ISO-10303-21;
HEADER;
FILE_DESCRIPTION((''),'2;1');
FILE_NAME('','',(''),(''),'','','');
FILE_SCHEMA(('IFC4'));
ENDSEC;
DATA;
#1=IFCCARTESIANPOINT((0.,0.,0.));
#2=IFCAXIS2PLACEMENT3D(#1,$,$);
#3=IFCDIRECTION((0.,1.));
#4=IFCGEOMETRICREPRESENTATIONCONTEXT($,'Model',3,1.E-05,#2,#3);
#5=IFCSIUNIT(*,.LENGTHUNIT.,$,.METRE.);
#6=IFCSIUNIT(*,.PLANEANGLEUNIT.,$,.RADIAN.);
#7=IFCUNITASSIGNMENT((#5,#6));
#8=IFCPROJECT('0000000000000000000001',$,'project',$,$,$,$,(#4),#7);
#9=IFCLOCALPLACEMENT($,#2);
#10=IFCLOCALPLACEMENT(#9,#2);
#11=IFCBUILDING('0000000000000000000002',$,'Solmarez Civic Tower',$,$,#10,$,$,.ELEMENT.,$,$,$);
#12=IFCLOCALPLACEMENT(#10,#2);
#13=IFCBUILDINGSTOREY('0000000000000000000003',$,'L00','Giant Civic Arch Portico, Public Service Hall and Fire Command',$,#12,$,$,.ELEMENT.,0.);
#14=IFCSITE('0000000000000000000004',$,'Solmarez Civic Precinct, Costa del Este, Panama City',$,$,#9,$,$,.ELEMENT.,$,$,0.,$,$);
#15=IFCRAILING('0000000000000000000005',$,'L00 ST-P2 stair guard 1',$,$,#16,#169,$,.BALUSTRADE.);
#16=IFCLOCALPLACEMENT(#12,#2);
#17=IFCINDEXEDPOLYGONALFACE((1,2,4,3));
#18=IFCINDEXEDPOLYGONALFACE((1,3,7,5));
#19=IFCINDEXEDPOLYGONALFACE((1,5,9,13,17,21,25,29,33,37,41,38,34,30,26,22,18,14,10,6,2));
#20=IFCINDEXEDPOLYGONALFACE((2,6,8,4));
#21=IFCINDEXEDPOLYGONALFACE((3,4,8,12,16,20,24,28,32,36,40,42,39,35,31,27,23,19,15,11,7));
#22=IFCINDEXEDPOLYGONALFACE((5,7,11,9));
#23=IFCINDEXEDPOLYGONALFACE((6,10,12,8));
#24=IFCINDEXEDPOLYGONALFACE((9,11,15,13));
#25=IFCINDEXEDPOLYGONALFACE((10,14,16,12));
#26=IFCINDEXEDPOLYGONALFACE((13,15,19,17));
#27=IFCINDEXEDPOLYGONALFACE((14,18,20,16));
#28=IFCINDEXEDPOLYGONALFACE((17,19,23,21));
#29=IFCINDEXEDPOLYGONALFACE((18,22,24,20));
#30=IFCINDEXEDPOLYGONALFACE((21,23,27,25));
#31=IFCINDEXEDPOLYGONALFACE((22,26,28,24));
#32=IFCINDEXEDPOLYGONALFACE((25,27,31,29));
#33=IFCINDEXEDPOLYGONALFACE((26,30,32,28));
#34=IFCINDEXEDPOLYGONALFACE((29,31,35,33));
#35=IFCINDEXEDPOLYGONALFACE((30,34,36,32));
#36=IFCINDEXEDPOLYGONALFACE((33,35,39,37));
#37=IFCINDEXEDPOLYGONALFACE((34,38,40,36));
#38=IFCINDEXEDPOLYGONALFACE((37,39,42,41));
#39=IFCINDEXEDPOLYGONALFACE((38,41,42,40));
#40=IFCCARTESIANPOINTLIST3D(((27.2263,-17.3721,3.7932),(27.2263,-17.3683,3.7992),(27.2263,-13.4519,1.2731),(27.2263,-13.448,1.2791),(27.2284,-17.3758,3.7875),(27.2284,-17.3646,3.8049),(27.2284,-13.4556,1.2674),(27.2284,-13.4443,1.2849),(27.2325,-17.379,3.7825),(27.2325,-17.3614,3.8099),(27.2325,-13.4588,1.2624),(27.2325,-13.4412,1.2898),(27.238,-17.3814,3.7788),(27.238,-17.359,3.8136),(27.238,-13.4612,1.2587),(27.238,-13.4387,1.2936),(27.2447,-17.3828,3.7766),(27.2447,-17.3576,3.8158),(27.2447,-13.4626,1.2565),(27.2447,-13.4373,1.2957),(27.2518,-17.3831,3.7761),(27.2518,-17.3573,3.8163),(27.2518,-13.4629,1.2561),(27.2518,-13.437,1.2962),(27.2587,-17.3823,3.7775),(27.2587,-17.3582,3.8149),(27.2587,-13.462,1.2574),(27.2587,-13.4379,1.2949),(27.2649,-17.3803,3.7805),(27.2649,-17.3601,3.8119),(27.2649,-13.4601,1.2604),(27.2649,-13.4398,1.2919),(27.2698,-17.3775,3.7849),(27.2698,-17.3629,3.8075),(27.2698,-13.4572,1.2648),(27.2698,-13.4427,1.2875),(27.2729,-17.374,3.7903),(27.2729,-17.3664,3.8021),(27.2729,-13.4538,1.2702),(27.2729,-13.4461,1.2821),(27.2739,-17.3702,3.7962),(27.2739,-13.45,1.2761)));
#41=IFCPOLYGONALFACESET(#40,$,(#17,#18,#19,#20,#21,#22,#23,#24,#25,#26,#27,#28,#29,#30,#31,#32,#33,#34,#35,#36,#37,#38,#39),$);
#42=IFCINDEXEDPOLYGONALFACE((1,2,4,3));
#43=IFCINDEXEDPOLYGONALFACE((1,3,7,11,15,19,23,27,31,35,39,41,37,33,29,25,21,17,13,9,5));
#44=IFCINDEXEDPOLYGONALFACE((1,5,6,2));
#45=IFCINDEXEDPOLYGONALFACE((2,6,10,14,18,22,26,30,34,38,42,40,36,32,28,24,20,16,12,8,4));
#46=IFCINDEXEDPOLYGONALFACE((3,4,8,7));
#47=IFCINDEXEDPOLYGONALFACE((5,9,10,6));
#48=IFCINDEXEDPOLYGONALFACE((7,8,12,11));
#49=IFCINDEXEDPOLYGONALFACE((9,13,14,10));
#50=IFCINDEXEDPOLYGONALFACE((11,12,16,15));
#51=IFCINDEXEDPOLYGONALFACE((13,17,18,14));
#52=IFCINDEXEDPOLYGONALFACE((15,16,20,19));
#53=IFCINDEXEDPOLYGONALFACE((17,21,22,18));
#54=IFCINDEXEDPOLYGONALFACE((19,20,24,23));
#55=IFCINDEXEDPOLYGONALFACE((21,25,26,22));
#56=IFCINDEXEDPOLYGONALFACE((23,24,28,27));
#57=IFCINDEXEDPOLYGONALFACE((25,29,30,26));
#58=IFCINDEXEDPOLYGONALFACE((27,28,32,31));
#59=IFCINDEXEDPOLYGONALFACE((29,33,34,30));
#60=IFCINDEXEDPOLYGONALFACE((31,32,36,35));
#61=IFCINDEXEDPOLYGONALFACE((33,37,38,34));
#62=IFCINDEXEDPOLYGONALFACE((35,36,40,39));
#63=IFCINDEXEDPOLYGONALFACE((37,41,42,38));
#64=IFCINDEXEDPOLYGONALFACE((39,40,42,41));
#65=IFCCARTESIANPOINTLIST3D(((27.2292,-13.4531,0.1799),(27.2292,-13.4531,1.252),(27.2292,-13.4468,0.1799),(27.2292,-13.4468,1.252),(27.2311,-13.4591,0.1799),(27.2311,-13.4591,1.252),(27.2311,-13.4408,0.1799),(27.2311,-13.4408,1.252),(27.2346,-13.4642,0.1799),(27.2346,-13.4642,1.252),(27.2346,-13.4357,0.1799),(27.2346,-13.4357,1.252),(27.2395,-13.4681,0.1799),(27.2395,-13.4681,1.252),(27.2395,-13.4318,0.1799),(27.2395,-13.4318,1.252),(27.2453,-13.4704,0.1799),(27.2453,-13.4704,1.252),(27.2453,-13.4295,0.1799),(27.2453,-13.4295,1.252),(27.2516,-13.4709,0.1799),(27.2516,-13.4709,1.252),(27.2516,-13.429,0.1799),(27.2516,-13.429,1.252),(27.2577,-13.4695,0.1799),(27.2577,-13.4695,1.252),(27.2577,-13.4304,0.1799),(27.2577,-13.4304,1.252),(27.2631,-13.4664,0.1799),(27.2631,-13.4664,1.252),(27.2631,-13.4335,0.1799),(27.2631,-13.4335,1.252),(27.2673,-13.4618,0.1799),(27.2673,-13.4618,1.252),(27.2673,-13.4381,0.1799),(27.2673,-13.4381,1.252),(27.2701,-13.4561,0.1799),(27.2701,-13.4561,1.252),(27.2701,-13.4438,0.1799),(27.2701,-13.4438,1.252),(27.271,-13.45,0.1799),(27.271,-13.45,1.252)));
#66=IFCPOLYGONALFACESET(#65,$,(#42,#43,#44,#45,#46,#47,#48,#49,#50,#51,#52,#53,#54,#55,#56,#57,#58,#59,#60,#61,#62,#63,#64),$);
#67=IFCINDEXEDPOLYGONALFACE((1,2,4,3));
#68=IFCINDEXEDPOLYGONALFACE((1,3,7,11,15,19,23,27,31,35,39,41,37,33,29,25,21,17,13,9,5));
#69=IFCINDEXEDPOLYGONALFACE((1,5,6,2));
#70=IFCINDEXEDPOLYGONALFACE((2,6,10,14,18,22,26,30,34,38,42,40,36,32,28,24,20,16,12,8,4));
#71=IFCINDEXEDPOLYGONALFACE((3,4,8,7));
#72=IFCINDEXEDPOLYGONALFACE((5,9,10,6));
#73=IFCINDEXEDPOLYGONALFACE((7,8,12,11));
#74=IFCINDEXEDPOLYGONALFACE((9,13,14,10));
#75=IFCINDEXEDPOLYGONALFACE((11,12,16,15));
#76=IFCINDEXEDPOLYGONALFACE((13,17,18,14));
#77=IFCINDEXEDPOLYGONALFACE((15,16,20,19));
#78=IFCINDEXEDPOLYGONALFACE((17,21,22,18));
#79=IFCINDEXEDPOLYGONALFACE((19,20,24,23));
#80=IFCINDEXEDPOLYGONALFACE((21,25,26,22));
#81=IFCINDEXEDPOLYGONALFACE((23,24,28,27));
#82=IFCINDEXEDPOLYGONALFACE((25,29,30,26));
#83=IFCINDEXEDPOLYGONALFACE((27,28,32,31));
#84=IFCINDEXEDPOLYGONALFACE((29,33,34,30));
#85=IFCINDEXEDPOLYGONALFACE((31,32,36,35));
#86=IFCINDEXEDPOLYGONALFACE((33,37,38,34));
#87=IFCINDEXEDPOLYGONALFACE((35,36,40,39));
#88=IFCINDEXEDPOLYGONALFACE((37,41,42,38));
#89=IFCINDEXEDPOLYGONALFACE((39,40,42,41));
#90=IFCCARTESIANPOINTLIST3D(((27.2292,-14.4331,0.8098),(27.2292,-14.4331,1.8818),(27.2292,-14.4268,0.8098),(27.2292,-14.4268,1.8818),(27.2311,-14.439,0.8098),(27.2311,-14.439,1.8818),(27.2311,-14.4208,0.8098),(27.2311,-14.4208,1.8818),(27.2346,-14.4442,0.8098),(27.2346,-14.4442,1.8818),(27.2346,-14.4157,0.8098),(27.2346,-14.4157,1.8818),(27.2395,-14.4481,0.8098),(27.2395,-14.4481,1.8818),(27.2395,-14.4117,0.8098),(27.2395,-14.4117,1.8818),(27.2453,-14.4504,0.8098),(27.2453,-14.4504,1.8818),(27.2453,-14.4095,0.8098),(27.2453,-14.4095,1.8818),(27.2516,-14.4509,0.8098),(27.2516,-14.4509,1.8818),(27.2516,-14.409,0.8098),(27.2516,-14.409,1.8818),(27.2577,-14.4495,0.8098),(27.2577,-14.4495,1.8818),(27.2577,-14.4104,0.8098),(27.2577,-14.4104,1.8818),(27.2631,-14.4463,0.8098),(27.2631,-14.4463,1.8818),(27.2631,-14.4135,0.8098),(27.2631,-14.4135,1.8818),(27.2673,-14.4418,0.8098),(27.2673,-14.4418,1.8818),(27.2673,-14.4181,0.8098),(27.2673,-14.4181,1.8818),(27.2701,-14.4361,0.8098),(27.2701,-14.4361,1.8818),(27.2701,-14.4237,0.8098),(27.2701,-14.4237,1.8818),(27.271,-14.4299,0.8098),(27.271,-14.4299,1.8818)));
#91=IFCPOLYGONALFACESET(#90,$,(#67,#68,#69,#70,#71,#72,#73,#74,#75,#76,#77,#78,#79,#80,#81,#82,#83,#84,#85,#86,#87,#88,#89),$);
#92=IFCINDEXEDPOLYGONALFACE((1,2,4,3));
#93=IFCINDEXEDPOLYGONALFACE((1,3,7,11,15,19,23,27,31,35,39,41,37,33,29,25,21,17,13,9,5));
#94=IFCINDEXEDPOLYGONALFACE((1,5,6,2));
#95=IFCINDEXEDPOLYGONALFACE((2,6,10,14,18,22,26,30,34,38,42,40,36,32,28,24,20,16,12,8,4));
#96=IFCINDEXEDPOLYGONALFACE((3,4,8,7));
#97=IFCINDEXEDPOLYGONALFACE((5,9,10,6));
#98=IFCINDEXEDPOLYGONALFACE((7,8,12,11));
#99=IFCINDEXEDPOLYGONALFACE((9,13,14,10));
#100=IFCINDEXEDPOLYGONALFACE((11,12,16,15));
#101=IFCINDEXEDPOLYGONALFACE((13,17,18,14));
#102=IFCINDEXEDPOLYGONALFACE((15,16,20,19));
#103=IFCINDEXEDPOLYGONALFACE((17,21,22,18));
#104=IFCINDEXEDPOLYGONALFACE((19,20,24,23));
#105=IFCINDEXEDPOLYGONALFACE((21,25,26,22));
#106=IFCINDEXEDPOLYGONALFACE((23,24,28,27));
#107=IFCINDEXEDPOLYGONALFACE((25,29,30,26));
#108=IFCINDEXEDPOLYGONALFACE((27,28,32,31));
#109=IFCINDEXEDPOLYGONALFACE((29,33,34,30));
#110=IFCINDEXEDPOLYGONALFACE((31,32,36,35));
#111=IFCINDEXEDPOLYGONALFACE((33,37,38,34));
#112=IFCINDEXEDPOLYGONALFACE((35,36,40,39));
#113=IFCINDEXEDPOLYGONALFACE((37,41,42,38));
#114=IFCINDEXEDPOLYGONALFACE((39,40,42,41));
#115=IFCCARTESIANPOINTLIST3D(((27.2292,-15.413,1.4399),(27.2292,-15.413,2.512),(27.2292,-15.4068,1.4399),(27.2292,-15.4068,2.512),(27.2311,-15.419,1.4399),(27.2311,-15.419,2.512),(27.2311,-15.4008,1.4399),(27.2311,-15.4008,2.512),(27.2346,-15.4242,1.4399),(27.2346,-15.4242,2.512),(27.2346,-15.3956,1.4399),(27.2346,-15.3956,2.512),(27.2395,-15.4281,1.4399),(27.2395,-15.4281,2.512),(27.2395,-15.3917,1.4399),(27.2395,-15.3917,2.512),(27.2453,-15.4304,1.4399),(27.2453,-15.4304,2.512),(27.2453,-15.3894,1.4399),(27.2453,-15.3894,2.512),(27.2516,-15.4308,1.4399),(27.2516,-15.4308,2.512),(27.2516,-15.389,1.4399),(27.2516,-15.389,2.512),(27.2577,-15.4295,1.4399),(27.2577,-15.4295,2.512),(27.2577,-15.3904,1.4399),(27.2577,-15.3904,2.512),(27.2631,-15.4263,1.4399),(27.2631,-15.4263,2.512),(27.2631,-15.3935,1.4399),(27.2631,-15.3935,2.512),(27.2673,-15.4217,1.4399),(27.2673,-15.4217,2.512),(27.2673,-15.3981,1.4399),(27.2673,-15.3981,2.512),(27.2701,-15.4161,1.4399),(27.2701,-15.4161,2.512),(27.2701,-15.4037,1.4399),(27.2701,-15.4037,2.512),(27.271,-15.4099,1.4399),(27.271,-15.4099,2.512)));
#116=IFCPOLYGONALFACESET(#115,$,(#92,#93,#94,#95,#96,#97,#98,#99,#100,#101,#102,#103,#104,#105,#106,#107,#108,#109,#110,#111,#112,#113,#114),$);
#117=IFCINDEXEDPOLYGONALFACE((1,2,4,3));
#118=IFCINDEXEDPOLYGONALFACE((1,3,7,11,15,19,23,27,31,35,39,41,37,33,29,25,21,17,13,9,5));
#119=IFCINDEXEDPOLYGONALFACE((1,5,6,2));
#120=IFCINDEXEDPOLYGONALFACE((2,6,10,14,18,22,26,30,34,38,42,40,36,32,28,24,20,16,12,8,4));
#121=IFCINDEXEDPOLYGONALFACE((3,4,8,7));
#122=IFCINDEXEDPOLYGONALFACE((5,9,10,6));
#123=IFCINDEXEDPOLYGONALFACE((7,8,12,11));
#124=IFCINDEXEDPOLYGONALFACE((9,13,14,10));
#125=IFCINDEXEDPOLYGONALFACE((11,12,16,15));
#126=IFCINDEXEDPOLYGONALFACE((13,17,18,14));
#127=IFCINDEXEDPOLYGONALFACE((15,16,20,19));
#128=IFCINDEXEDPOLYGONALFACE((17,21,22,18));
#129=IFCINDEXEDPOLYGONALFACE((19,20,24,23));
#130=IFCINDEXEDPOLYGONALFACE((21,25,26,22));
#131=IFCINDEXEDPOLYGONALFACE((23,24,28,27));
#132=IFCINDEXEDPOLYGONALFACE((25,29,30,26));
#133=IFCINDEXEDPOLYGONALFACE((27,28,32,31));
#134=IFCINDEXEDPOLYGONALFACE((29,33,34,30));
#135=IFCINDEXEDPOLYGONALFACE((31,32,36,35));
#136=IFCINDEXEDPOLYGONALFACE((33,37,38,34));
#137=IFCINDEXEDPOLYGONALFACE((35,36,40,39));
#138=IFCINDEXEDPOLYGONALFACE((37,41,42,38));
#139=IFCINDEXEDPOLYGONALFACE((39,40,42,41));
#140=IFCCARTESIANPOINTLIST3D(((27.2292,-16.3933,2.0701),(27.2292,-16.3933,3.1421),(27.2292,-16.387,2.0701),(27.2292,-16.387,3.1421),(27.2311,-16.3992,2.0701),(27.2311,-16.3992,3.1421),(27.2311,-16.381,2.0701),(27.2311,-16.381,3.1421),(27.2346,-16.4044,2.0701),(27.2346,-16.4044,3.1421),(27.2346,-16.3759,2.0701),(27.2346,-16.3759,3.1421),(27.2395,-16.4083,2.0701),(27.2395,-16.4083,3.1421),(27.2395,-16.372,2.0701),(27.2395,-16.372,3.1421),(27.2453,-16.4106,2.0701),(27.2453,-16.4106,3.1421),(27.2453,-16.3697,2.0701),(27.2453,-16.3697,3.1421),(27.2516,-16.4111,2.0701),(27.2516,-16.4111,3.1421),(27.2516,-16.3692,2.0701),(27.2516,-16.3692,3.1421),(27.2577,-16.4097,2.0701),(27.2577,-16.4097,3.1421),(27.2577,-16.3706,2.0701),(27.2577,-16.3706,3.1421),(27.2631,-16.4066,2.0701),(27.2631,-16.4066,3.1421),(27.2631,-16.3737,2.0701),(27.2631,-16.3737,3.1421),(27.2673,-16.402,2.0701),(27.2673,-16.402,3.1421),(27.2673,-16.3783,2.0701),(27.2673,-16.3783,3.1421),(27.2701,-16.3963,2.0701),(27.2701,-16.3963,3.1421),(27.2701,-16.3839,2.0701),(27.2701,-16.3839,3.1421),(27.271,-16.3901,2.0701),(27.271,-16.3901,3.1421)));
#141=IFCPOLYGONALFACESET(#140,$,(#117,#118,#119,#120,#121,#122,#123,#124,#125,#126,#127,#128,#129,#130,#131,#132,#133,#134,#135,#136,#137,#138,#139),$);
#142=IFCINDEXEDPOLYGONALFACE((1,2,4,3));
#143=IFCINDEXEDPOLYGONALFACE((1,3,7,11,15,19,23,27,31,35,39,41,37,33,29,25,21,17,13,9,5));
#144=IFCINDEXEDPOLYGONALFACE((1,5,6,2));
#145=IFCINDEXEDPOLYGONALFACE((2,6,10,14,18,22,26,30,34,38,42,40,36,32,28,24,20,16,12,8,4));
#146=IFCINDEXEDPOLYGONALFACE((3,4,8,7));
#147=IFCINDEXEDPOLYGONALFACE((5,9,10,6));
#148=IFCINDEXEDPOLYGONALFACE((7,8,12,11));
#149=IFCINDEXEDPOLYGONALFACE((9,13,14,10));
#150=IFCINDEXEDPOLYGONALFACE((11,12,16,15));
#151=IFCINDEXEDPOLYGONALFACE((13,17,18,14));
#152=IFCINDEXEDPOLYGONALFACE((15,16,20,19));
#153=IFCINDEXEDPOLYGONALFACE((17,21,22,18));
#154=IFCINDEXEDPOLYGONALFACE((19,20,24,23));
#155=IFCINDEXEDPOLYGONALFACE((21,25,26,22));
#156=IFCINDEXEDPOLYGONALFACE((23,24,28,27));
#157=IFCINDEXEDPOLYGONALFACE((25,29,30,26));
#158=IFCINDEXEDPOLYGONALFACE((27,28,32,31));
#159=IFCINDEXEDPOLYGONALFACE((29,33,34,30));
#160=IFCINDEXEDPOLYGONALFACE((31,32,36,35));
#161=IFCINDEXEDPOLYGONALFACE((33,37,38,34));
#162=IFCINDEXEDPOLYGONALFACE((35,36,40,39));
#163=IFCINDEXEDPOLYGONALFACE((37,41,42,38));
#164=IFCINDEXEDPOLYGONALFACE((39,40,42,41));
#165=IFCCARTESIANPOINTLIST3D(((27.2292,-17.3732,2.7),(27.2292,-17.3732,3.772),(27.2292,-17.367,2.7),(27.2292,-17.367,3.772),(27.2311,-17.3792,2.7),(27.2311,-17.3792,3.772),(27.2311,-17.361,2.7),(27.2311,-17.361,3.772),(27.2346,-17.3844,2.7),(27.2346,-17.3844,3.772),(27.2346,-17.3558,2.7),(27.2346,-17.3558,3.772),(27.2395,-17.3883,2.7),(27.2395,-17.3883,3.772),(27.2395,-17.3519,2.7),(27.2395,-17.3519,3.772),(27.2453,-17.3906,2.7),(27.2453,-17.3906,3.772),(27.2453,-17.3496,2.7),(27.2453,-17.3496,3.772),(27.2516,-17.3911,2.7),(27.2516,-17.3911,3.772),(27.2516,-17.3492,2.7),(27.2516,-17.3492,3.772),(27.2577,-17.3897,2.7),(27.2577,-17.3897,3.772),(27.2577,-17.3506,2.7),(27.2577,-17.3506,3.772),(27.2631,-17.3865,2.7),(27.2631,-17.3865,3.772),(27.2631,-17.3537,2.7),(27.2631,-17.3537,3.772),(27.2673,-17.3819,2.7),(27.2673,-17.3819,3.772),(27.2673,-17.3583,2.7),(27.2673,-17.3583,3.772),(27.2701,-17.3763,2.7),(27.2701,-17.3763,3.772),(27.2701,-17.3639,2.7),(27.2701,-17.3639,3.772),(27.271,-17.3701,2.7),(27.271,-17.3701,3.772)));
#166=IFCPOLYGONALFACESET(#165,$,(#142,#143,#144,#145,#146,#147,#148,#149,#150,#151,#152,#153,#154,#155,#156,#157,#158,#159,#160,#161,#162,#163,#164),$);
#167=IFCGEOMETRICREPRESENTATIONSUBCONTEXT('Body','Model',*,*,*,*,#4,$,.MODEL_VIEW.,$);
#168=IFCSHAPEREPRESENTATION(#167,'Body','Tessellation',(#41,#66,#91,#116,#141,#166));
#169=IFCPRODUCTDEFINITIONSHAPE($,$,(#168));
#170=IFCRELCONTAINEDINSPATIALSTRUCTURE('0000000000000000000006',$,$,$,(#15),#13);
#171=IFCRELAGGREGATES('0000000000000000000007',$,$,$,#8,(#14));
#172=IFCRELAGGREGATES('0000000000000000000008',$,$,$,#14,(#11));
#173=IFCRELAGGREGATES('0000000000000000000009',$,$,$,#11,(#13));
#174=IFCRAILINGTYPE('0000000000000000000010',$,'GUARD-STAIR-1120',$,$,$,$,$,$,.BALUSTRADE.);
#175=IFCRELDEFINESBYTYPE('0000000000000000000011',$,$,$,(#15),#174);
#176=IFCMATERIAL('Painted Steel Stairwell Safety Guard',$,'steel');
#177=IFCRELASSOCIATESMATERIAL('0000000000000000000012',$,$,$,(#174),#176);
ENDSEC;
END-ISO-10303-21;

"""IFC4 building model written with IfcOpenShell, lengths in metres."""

from ifc_helpers import new_model, si_unit, direction, frame, origin, origin_2d, place, context, subcontext, project, spatial, circle, extrude, material, type_object, element, save


model = new_model("IFC4")

# Units and contexts
model_context = context("Model", 3, precision=1e-05, world=origin(), true_north=direction((0.0, 1.0)))
body_context = subcontext(model_context, "Body", "Model", "MODEL_VIEW")
ifc_project = project(units=[si_unit("LENGTHUNIT", "METRE"), si_unit("PLANEANGLEUNIT", "RADIAN")], contexts=[model_context])

# Site, building, storey
site_placement = place(None, origin())
site = spatial("IfcSite", under=ifc_project, at=site_placement, Name="Solmarez Civic Precinct, Costa del Este, Panama City", CompositionType="ELEMENT", RefElevation=0.0)
building_placement = place(site_placement, origin())
building = spatial("IfcBuilding", under=site, at=building_placement, Name="Solmarez Civic Tower", CompositionType="ELEMENT")
storey_placement = place(building_placement, origin())
storey = spatial("IfcBuildingStorey", under=building, at=storey_placement, Name="L00", Description="Giant Civic Arch Portico, Public Service Hall and Fire Command", CompositionType="ELEMENT", Elevation=0.0)

# Railing
ifc_material_1 = material(Name="Painted Steel Stairwell Safety Guard", Category="steel")
railing_type_1 = type_object("IfcRailingType", Name="GUARD-STAIR-1120", PredefinedType="BALUSTRADE", material=ifc_material_1)
railing_1_placement = place(storey_placement, frame((27.25, -13.45, 0.1799)))
element("IfcRailing", 1, at=railing_1_placement, inside=storey, type_object=railing_type_1, Name="L00 ST-P2 stair guard 1", PredefinedType="BALUSTRADE", context=body_context, shape_type="SweptSolid", body=[
    extrude(circle(Radius=0.0239, at=origin_2d()), frame((0.0, 0.0, 1.0962), z_axis=(0.0, -0.841187, 0.540744), x_axis=(1.0, 0.0, 0.0)), (0.0, 0.0, 1.0), 4.6604),
    extrude(circle(Radius=0.021, at=origin_2d()), origin(), (0.0, 0.0, 1.0), 1.072),
    extrude(circle(Radius=0.021, at=origin_2d()), frame((0.0, -0.98, 0.6299)), (0.0, 0.0, 1.0), 1.072),
    extrude(circle(Radius=0.021, at=origin_2d()), frame((0.0, -1.96, 1.26)), (0.0, 0.0, 1.0), 1.072),
    extrude(circle(Radius=0.021, at=origin_2d()), frame((0.0, -2.9402, 1.8901)), (0.0, 0.0, 1.0), 1.072),
    extrude(circle(Radius=0.021, at=origin_2d()), frame((0.0, -3.9202, 2.52)), (0.0, 0.0, 1.0), 1.072),
])

save(model, "model.ifc")
